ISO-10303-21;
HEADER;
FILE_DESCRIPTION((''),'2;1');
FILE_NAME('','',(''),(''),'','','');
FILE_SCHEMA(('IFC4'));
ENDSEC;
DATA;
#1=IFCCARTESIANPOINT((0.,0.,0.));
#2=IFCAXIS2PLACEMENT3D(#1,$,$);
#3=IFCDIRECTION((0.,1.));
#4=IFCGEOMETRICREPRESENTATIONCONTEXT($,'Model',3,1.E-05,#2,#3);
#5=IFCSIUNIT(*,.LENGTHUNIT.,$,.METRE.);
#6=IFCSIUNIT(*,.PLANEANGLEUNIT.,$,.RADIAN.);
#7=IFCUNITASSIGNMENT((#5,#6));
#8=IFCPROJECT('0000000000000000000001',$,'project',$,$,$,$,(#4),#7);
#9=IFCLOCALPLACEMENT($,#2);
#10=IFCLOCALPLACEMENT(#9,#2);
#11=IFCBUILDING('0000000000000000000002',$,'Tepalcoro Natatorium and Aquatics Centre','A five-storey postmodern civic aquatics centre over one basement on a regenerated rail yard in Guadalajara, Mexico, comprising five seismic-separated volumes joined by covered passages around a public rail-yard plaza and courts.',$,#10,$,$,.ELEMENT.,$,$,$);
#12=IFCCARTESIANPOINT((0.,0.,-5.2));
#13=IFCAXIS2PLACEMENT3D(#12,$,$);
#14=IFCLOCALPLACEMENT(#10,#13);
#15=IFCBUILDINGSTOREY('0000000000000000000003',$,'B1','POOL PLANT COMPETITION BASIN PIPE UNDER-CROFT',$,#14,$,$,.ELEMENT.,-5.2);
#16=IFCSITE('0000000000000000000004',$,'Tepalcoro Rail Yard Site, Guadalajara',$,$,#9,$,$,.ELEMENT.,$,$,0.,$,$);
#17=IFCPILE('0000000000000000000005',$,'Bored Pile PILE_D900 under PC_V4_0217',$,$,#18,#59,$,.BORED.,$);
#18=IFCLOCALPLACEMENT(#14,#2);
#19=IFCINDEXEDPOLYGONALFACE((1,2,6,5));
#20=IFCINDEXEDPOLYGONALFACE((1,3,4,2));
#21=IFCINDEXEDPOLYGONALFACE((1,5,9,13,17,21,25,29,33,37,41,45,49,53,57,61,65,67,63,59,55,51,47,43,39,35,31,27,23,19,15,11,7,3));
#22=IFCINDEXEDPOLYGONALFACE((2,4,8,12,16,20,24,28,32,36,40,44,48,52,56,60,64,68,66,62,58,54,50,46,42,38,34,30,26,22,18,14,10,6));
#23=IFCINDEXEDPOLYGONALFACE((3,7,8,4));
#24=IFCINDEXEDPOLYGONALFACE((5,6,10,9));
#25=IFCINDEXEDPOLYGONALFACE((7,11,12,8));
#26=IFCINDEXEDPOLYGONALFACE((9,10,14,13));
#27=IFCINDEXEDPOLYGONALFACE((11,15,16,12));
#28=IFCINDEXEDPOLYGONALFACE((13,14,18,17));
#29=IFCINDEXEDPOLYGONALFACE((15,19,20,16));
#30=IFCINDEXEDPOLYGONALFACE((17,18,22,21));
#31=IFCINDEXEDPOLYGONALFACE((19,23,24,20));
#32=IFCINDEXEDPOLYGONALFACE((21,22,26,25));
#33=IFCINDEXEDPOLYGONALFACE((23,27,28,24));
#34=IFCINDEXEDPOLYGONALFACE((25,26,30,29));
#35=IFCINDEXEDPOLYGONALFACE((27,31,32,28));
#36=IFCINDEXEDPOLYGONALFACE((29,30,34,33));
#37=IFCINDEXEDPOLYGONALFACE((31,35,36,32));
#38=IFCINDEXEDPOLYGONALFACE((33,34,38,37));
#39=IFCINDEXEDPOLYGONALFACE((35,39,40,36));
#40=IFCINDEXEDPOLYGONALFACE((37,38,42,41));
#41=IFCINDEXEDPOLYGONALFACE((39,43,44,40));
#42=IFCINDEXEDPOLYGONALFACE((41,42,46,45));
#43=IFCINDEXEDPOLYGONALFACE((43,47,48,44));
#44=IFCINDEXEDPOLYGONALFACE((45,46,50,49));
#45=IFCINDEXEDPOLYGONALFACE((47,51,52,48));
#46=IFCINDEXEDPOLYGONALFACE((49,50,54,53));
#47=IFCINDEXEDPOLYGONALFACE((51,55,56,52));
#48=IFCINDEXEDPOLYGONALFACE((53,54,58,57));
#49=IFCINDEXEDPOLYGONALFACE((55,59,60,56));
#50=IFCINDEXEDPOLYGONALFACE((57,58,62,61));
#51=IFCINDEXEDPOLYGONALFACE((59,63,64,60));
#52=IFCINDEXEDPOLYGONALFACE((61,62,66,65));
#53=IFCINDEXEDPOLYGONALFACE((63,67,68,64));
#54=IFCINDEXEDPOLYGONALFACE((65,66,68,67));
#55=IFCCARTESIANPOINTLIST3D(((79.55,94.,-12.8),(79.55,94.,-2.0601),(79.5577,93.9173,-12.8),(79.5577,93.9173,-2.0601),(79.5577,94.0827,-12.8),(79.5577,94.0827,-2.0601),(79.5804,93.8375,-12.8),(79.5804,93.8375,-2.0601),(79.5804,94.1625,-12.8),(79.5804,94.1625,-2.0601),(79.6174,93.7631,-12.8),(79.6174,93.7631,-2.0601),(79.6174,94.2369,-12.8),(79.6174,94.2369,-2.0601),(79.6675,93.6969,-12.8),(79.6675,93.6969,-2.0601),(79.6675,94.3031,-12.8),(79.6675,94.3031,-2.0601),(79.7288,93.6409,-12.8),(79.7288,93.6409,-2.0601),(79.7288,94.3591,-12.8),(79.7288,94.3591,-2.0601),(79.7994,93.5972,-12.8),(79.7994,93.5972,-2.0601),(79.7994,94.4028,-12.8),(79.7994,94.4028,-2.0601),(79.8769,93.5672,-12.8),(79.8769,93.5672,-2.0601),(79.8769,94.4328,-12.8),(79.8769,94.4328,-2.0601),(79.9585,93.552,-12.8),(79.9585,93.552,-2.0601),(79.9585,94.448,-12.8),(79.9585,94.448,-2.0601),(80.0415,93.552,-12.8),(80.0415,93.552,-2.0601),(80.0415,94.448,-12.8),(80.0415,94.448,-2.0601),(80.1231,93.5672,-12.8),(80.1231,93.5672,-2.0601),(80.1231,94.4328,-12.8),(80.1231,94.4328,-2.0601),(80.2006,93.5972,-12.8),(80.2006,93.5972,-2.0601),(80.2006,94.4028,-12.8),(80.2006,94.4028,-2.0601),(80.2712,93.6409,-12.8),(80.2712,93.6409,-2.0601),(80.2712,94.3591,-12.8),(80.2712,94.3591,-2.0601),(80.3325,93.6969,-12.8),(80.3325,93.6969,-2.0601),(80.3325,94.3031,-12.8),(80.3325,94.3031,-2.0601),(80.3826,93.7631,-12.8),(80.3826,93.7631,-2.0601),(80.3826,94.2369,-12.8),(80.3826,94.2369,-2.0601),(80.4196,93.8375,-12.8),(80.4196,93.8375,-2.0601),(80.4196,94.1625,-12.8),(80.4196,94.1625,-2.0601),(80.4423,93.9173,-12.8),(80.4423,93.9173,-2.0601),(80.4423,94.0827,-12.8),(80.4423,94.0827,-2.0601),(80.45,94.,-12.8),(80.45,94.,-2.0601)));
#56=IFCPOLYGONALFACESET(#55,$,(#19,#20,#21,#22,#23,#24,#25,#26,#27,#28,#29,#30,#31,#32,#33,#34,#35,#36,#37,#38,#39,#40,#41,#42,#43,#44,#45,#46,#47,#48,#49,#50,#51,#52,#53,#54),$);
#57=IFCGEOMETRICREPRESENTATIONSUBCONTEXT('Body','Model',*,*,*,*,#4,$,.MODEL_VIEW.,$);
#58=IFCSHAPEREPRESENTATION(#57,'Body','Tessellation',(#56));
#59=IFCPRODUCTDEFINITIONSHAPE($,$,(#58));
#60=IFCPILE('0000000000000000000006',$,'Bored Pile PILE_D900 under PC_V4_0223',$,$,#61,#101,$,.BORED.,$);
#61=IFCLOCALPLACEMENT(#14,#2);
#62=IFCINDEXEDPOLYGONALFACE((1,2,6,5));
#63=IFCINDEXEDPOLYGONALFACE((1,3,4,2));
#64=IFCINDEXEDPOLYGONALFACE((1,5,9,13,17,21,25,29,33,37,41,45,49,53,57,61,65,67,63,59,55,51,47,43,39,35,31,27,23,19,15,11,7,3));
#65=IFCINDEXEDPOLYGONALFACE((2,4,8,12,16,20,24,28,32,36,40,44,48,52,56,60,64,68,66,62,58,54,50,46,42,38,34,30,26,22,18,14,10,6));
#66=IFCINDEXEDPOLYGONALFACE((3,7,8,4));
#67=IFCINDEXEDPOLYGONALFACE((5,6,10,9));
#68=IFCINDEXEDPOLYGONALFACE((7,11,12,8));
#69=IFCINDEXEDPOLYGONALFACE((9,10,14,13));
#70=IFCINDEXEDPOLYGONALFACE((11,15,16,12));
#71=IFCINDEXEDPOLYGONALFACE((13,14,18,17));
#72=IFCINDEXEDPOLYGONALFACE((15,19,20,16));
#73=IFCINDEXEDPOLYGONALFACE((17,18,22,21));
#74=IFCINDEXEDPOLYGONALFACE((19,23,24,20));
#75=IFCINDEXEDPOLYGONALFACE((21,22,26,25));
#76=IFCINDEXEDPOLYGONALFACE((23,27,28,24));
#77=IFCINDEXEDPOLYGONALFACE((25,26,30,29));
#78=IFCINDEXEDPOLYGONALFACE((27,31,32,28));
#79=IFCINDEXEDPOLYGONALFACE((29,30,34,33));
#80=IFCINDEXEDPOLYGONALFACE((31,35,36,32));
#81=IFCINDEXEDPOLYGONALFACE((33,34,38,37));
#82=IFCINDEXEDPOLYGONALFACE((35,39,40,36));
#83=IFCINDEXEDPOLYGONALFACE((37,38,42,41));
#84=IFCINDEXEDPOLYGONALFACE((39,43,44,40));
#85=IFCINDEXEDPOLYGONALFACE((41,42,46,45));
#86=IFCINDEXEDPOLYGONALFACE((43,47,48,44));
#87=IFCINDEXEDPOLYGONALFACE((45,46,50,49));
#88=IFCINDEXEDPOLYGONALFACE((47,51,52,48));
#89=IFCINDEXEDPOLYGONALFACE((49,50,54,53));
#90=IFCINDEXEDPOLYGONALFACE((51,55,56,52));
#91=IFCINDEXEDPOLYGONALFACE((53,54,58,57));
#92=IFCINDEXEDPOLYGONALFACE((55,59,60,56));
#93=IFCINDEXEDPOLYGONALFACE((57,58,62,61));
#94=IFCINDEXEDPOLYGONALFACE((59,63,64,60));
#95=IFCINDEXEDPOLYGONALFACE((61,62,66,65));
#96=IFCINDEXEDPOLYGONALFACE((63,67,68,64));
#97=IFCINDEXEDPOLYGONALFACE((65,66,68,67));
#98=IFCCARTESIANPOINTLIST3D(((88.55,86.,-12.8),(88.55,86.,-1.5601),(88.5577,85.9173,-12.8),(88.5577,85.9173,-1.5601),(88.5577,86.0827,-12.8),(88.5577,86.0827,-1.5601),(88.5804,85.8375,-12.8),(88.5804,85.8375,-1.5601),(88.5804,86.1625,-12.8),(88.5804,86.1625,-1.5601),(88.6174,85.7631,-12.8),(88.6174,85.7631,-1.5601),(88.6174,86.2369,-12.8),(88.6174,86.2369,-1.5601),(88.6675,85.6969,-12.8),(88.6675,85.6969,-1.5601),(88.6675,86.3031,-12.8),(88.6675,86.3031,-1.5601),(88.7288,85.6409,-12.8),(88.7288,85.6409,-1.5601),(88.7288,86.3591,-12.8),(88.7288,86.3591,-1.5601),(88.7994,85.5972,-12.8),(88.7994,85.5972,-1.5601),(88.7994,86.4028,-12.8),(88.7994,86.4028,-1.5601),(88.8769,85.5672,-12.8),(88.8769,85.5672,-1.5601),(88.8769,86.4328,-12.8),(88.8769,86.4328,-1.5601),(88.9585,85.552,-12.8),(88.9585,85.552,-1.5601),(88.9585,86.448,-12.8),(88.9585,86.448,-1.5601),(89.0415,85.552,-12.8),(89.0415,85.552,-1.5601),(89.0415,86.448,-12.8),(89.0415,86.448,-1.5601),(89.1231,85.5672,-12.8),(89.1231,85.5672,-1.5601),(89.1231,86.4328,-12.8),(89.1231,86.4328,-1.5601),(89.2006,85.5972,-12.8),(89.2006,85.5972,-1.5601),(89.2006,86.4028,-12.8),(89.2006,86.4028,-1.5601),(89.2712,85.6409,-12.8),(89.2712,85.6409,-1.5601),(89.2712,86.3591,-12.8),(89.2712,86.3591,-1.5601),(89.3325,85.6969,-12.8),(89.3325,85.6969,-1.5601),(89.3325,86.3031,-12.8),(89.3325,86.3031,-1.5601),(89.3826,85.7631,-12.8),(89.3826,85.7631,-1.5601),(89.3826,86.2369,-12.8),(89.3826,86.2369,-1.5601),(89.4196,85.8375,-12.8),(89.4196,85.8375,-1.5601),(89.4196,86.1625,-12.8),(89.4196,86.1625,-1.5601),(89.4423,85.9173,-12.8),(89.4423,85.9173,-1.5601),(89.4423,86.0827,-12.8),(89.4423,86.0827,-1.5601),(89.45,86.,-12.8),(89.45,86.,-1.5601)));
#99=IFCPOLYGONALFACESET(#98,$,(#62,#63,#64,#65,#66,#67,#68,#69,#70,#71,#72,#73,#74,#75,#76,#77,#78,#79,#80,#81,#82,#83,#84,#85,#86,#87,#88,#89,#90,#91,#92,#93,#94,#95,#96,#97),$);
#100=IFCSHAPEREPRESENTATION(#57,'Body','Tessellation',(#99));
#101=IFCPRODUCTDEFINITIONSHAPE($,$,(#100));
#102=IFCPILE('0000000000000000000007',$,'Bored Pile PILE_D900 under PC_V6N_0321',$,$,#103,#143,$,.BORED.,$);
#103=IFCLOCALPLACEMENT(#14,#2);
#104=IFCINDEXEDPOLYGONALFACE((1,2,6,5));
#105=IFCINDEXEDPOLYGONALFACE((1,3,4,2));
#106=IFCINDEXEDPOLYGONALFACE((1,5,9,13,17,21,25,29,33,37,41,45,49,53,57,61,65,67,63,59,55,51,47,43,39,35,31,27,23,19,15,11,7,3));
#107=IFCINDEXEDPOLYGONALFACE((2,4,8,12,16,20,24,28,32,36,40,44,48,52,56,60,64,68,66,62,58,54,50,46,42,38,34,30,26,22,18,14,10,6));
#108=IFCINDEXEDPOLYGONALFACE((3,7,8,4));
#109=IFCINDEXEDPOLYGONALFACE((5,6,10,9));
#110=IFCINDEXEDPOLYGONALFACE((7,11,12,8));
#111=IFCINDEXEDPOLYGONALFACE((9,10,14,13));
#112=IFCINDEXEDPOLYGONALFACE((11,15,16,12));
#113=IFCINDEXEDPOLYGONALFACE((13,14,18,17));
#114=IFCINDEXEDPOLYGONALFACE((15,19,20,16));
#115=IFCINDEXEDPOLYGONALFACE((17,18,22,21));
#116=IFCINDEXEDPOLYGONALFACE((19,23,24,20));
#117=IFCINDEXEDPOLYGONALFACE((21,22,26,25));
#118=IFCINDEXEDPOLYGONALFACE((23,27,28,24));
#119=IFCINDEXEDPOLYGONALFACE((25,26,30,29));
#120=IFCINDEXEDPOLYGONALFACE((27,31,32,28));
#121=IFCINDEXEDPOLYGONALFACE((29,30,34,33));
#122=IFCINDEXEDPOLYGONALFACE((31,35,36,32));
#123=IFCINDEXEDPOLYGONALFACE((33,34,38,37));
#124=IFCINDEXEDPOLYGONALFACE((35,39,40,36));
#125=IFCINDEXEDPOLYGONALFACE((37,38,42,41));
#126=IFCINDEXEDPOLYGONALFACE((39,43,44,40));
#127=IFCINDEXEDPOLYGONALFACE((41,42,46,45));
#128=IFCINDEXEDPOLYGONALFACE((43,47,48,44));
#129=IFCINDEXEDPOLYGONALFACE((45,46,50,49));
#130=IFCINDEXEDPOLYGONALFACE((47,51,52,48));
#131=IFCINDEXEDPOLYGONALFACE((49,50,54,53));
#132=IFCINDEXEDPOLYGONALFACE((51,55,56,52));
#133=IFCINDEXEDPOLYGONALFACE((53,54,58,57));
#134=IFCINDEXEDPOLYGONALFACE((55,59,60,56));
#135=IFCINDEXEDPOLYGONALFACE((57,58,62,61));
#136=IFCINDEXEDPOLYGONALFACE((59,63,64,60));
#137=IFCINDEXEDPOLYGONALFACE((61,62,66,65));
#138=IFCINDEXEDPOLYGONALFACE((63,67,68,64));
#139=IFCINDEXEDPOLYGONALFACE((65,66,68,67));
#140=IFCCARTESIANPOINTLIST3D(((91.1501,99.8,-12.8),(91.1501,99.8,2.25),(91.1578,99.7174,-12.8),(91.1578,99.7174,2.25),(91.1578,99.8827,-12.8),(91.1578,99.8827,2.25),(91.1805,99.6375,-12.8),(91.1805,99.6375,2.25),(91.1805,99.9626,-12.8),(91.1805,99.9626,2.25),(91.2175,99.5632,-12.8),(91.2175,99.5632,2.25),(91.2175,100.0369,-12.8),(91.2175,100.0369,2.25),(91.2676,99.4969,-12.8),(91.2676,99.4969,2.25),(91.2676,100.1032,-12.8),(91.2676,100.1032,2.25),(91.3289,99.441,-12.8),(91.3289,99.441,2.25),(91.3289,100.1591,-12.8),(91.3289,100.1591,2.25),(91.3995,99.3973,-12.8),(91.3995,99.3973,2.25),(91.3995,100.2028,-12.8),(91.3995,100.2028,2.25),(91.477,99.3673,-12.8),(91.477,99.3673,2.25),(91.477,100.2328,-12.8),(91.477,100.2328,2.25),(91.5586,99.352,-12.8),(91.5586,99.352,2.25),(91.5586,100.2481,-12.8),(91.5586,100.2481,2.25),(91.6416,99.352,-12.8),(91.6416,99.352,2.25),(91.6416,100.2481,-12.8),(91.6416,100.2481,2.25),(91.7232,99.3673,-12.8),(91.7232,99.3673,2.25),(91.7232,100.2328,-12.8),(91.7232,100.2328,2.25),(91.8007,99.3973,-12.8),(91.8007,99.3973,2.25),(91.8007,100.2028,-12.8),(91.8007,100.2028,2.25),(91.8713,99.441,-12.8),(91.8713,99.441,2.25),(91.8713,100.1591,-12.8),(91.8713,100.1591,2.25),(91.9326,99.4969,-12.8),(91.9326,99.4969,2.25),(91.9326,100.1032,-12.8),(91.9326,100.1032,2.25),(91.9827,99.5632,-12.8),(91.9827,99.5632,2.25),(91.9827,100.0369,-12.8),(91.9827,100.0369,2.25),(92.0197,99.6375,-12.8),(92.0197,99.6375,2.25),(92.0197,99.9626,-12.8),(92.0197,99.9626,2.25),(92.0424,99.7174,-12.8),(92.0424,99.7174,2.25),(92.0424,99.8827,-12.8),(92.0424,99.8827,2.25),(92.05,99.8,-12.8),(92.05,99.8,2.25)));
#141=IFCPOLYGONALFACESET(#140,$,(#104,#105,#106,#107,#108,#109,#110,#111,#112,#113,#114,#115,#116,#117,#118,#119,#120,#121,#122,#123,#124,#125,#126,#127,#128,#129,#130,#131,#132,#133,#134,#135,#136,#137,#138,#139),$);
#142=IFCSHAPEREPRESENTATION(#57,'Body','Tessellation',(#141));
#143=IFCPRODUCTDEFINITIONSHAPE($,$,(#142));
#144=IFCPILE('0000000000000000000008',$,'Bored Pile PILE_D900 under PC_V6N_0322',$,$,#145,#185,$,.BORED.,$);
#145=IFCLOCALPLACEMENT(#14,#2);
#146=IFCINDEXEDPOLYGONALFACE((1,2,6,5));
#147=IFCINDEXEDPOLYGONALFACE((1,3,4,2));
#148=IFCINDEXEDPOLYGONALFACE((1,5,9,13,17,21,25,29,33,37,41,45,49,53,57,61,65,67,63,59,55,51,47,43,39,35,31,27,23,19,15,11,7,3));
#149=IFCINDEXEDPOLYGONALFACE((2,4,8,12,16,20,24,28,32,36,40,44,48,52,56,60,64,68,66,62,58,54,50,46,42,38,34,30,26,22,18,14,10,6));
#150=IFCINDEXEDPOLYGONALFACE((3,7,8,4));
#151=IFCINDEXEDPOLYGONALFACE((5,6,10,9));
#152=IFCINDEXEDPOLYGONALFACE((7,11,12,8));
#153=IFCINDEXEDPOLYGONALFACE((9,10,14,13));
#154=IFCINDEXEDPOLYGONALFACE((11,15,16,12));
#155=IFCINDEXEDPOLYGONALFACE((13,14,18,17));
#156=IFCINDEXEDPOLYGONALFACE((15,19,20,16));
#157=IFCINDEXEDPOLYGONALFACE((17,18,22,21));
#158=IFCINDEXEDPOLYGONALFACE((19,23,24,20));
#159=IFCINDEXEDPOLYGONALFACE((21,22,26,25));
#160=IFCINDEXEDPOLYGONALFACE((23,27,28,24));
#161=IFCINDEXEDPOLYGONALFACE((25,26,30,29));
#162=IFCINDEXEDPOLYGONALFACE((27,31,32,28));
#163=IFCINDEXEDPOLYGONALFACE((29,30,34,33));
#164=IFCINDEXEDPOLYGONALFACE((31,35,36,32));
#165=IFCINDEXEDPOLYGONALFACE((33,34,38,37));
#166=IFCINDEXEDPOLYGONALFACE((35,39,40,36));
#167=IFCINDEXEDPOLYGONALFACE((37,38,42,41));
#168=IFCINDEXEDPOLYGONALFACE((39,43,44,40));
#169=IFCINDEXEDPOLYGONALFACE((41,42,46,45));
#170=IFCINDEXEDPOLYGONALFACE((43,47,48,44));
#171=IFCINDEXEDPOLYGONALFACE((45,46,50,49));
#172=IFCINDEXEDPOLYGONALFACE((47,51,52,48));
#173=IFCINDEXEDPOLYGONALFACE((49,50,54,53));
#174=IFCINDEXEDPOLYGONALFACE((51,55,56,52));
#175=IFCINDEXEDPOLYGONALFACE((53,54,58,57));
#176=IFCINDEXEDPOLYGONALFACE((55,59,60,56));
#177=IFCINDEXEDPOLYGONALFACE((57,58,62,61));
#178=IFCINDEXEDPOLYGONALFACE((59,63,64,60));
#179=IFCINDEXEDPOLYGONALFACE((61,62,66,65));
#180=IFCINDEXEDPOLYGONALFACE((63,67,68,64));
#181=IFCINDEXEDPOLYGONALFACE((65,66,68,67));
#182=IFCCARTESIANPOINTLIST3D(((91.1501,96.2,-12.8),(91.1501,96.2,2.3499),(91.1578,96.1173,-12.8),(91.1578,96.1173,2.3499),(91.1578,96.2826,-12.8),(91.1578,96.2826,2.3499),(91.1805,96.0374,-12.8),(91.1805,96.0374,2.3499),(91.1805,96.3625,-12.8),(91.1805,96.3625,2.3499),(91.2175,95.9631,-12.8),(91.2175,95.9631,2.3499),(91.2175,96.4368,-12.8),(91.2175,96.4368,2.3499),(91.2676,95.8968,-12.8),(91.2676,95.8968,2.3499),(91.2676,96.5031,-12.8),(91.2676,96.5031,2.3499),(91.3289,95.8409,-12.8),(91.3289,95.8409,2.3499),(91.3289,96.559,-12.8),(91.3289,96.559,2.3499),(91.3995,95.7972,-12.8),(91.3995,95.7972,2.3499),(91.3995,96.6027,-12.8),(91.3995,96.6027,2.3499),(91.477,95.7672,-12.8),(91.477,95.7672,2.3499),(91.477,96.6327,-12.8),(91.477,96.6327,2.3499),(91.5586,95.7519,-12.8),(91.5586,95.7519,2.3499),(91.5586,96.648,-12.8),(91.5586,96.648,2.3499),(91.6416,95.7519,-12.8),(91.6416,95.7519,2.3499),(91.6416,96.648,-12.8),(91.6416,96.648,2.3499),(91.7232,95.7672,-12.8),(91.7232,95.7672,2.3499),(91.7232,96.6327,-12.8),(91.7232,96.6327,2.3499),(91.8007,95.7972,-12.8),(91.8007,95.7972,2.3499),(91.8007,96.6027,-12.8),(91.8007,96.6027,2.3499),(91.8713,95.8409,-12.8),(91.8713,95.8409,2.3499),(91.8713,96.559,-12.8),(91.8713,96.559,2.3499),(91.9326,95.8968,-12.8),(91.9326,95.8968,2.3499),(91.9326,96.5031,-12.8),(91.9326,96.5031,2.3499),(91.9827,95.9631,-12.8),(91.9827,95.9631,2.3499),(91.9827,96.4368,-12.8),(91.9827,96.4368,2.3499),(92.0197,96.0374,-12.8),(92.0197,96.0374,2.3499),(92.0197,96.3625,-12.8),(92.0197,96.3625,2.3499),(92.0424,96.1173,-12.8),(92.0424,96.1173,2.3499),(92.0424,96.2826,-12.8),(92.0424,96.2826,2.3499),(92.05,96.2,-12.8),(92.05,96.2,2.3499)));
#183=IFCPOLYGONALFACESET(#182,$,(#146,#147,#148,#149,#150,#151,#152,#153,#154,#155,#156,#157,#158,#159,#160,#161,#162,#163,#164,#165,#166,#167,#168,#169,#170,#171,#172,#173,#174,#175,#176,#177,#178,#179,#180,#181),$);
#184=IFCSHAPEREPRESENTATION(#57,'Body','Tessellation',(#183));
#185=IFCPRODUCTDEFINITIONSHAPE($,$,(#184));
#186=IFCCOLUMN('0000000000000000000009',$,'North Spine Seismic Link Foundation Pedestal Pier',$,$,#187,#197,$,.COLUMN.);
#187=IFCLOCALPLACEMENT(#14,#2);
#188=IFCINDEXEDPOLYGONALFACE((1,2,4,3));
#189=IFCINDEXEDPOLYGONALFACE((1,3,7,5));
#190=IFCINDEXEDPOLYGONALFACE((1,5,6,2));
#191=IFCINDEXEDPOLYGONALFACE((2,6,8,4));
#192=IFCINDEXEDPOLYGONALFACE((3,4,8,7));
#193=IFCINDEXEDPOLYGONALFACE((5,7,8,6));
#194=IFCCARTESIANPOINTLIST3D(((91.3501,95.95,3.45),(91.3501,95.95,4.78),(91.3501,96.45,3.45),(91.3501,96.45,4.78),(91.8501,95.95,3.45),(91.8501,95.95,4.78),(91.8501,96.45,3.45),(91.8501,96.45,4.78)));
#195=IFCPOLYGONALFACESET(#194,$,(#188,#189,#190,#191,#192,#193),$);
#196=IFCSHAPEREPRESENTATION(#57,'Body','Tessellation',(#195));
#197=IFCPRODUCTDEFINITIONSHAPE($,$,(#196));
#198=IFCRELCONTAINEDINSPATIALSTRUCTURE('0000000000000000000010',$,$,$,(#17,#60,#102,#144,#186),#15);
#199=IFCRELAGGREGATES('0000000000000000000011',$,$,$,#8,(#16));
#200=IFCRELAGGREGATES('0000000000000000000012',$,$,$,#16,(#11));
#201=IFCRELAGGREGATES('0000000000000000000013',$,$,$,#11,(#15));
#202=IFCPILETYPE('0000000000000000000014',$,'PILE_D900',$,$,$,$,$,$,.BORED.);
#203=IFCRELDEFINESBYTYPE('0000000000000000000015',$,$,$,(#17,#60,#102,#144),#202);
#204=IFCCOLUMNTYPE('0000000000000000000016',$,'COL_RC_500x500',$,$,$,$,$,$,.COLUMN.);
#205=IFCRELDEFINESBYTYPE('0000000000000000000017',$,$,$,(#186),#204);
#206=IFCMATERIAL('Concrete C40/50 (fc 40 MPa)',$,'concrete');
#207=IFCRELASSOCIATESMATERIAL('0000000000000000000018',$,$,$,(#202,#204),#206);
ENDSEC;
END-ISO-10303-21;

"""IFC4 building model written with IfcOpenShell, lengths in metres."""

from ifc_helpers import new_model, si_unit, direction, frame, origin, origin_2d, place, context, subcontext, project, spatial, rectangle, circle, extrude, material, material_profile, profile_set, type_object, element, save


model = new_model("IFC4")

# Units and contexts
model_context = context("Model", 3, precision=1e-05, world=origin(), true_north=direction((0.0, 1.0)))
body_context = subcontext(model_context, "Body", "Model", "MODEL_VIEW")
ifc_project = project(units=[si_unit("LENGTHUNIT", "METRE"), si_unit("PLANEANGLEUNIT", "RADIAN")], contexts=[model_context])

# Site, building, storey
site_placement = place(None, origin())
site = spatial("IfcSite", under=ifc_project, at=site_placement, Name="Tepalcoro Rail Yard Site, Guadalajara", CompositionType="ELEMENT", RefElevation=0.0)
building_placement = place(site_placement, origin())
building = spatial("IfcBuilding", under=site, at=building_placement, Name="Tepalcoro Natatorium and Aquatics Centre", Description="A five-storey postmodern civic aquatics centre over one basement on a regenerated rail yard in Guadalajara, Mexico, comprising five seismic-separated volumes joined by covered passages around a public rail-yard plaza and courts.", CompositionType="ELEMENT")
storey_placement = place(building_placement, frame((0.0, 0.0, -5.2)))
storey = spatial("IfcBuildingStorey", under=building, at=storey_placement, Name="B1", Description="POOL PLANT COMPETITION BASIN PIPE UNDER-CROFT", CompositionType="ELEMENT", Elevation=-5.2)

# Piles
ifc_material_1 = material(Name="Concrete C40/50 (fc 40 MPa)", Category="concrete")
ifc_material_profile_1 = material_profile(ifc_material_1, circle(Radius=0.45, at=origin_2d()), Name="PILE_D900")
ifc_profile_set_1 = profile_set([ifc_material_profile_1], Name="Concrete C40/50 (fc 40 MPa)")
pile_type_1 = type_object("IfcPileType", Name="PILE_D900", PredefinedType="BORED", material=ifc_profile_set_1)
pile_1_placement = place(storey_placement, frame((80.0, 94.0, -2.0601), z_axis=(0.0, 0.0, -1.0), x_axis=(1.0, 0.0, 0.0)))
element("IfcPile", 1, at=pile_1_placement, inside=storey, type_object=pile_type_1, Name="Bored Pile PILE_D900 under PC_V4_0217", PredefinedType="BORED", context=body_context, shape_type="SweptSolid", body=[
    extrude(circle(Radius=0.45, at=origin_2d()), origin(), (0.0, 0.0, 1.0), 10.74),
])
pile_2_placement = place(storey_placement, frame((89.0, 86.0, -1.5601), z_axis=(0.0, 0.0, -1.0), x_axis=(1.0, 0.0, 0.0)))
element("IfcPile", 2, at=pile_2_placement, inside=storey, type_object=pile_type_1, Name="Bored Pile PILE_D900 under PC_V4_0223", PredefinedType="BORED", context=body_context, shape_type="SweptSolid", body=[
    extrude(circle(Radius=0.45, at=origin_2d()), origin(), (0.0, 0.0, 1.0), 11.24),
])
pile_3_placement = place(storey_placement, frame((91.6001, 99.8, 2.25), z_axis=(0.0, 0.0, -1.0), x_axis=(1.0, 0.0, 0.0)))
element("IfcPile", 3, at=pile_3_placement, inside=storey, type_object=pile_type_1, Name="Bored Pile PILE_D900 under PC_V6N_0321", PredefinedType="BORED", context=body_context, shape_type="SweptSolid", body=[
    extrude(circle(Radius=0.45, at=origin_2d()), origin(), (0.0, 0.0, 1.0), 15.05),
])
pile_4_placement = place(storey_placement, frame((91.6001, 96.2, 2.3499), z_axis=(0.0, 0.0, -1.0), x_axis=(1.0, 0.0, 0.0)))
element("IfcPile", 4, at=pile_4_placement, inside=storey, type_object=pile_type_1, Name="Bored Pile PILE_D900 under PC_V6N_0322", PredefinedType="BORED", context=body_context, shape_type="SweptSolid", body=[
    extrude(circle(Radius=0.45, at=origin_2d()), origin(), (0.0, 0.0, 1.0), 15.1499),
])

# Column
ifc_material_profile_2 = material_profile(ifc_material_1, rectangle(XDim=0.5, YDim=0.5, at=origin_2d()), Name="RC500x500")
ifc_profile_set_2 = profile_set([ifc_material_profile_2], Name="Concrete C40/50 (fc 40 MPa)")
column_type_1 = type_object("IfcColumnType", Name="COL_RC_500x500", PredefinedType="COLUMN", material=ifc_profile_set_2)
for number, where, z_axis, x_axis, name in (
    (5, (91.6001, 96.2, 3.45), (0.0, 0.0, 1.0), (1.0, 0.0, 0.0), "North Spine Seismic Link Foundation Pedestal Pier"),
):
    element("IfcColumn", number, at=place(storey_placement, frame(where, z_axis=z_axis, x_axis=x_axis)), inside=storey, type_object=column_type_1, Name=name, PredefinedType="COLUMN", context=body_context, shape_type="SweptSolid", body=[
        extrude(rectangle(XDim=0.5, YDim=0.5, at=origin_2d()), origin(), (0.0, 0.0, 1.0), 1.3301),
    ])

save(model, "model.ifc")
